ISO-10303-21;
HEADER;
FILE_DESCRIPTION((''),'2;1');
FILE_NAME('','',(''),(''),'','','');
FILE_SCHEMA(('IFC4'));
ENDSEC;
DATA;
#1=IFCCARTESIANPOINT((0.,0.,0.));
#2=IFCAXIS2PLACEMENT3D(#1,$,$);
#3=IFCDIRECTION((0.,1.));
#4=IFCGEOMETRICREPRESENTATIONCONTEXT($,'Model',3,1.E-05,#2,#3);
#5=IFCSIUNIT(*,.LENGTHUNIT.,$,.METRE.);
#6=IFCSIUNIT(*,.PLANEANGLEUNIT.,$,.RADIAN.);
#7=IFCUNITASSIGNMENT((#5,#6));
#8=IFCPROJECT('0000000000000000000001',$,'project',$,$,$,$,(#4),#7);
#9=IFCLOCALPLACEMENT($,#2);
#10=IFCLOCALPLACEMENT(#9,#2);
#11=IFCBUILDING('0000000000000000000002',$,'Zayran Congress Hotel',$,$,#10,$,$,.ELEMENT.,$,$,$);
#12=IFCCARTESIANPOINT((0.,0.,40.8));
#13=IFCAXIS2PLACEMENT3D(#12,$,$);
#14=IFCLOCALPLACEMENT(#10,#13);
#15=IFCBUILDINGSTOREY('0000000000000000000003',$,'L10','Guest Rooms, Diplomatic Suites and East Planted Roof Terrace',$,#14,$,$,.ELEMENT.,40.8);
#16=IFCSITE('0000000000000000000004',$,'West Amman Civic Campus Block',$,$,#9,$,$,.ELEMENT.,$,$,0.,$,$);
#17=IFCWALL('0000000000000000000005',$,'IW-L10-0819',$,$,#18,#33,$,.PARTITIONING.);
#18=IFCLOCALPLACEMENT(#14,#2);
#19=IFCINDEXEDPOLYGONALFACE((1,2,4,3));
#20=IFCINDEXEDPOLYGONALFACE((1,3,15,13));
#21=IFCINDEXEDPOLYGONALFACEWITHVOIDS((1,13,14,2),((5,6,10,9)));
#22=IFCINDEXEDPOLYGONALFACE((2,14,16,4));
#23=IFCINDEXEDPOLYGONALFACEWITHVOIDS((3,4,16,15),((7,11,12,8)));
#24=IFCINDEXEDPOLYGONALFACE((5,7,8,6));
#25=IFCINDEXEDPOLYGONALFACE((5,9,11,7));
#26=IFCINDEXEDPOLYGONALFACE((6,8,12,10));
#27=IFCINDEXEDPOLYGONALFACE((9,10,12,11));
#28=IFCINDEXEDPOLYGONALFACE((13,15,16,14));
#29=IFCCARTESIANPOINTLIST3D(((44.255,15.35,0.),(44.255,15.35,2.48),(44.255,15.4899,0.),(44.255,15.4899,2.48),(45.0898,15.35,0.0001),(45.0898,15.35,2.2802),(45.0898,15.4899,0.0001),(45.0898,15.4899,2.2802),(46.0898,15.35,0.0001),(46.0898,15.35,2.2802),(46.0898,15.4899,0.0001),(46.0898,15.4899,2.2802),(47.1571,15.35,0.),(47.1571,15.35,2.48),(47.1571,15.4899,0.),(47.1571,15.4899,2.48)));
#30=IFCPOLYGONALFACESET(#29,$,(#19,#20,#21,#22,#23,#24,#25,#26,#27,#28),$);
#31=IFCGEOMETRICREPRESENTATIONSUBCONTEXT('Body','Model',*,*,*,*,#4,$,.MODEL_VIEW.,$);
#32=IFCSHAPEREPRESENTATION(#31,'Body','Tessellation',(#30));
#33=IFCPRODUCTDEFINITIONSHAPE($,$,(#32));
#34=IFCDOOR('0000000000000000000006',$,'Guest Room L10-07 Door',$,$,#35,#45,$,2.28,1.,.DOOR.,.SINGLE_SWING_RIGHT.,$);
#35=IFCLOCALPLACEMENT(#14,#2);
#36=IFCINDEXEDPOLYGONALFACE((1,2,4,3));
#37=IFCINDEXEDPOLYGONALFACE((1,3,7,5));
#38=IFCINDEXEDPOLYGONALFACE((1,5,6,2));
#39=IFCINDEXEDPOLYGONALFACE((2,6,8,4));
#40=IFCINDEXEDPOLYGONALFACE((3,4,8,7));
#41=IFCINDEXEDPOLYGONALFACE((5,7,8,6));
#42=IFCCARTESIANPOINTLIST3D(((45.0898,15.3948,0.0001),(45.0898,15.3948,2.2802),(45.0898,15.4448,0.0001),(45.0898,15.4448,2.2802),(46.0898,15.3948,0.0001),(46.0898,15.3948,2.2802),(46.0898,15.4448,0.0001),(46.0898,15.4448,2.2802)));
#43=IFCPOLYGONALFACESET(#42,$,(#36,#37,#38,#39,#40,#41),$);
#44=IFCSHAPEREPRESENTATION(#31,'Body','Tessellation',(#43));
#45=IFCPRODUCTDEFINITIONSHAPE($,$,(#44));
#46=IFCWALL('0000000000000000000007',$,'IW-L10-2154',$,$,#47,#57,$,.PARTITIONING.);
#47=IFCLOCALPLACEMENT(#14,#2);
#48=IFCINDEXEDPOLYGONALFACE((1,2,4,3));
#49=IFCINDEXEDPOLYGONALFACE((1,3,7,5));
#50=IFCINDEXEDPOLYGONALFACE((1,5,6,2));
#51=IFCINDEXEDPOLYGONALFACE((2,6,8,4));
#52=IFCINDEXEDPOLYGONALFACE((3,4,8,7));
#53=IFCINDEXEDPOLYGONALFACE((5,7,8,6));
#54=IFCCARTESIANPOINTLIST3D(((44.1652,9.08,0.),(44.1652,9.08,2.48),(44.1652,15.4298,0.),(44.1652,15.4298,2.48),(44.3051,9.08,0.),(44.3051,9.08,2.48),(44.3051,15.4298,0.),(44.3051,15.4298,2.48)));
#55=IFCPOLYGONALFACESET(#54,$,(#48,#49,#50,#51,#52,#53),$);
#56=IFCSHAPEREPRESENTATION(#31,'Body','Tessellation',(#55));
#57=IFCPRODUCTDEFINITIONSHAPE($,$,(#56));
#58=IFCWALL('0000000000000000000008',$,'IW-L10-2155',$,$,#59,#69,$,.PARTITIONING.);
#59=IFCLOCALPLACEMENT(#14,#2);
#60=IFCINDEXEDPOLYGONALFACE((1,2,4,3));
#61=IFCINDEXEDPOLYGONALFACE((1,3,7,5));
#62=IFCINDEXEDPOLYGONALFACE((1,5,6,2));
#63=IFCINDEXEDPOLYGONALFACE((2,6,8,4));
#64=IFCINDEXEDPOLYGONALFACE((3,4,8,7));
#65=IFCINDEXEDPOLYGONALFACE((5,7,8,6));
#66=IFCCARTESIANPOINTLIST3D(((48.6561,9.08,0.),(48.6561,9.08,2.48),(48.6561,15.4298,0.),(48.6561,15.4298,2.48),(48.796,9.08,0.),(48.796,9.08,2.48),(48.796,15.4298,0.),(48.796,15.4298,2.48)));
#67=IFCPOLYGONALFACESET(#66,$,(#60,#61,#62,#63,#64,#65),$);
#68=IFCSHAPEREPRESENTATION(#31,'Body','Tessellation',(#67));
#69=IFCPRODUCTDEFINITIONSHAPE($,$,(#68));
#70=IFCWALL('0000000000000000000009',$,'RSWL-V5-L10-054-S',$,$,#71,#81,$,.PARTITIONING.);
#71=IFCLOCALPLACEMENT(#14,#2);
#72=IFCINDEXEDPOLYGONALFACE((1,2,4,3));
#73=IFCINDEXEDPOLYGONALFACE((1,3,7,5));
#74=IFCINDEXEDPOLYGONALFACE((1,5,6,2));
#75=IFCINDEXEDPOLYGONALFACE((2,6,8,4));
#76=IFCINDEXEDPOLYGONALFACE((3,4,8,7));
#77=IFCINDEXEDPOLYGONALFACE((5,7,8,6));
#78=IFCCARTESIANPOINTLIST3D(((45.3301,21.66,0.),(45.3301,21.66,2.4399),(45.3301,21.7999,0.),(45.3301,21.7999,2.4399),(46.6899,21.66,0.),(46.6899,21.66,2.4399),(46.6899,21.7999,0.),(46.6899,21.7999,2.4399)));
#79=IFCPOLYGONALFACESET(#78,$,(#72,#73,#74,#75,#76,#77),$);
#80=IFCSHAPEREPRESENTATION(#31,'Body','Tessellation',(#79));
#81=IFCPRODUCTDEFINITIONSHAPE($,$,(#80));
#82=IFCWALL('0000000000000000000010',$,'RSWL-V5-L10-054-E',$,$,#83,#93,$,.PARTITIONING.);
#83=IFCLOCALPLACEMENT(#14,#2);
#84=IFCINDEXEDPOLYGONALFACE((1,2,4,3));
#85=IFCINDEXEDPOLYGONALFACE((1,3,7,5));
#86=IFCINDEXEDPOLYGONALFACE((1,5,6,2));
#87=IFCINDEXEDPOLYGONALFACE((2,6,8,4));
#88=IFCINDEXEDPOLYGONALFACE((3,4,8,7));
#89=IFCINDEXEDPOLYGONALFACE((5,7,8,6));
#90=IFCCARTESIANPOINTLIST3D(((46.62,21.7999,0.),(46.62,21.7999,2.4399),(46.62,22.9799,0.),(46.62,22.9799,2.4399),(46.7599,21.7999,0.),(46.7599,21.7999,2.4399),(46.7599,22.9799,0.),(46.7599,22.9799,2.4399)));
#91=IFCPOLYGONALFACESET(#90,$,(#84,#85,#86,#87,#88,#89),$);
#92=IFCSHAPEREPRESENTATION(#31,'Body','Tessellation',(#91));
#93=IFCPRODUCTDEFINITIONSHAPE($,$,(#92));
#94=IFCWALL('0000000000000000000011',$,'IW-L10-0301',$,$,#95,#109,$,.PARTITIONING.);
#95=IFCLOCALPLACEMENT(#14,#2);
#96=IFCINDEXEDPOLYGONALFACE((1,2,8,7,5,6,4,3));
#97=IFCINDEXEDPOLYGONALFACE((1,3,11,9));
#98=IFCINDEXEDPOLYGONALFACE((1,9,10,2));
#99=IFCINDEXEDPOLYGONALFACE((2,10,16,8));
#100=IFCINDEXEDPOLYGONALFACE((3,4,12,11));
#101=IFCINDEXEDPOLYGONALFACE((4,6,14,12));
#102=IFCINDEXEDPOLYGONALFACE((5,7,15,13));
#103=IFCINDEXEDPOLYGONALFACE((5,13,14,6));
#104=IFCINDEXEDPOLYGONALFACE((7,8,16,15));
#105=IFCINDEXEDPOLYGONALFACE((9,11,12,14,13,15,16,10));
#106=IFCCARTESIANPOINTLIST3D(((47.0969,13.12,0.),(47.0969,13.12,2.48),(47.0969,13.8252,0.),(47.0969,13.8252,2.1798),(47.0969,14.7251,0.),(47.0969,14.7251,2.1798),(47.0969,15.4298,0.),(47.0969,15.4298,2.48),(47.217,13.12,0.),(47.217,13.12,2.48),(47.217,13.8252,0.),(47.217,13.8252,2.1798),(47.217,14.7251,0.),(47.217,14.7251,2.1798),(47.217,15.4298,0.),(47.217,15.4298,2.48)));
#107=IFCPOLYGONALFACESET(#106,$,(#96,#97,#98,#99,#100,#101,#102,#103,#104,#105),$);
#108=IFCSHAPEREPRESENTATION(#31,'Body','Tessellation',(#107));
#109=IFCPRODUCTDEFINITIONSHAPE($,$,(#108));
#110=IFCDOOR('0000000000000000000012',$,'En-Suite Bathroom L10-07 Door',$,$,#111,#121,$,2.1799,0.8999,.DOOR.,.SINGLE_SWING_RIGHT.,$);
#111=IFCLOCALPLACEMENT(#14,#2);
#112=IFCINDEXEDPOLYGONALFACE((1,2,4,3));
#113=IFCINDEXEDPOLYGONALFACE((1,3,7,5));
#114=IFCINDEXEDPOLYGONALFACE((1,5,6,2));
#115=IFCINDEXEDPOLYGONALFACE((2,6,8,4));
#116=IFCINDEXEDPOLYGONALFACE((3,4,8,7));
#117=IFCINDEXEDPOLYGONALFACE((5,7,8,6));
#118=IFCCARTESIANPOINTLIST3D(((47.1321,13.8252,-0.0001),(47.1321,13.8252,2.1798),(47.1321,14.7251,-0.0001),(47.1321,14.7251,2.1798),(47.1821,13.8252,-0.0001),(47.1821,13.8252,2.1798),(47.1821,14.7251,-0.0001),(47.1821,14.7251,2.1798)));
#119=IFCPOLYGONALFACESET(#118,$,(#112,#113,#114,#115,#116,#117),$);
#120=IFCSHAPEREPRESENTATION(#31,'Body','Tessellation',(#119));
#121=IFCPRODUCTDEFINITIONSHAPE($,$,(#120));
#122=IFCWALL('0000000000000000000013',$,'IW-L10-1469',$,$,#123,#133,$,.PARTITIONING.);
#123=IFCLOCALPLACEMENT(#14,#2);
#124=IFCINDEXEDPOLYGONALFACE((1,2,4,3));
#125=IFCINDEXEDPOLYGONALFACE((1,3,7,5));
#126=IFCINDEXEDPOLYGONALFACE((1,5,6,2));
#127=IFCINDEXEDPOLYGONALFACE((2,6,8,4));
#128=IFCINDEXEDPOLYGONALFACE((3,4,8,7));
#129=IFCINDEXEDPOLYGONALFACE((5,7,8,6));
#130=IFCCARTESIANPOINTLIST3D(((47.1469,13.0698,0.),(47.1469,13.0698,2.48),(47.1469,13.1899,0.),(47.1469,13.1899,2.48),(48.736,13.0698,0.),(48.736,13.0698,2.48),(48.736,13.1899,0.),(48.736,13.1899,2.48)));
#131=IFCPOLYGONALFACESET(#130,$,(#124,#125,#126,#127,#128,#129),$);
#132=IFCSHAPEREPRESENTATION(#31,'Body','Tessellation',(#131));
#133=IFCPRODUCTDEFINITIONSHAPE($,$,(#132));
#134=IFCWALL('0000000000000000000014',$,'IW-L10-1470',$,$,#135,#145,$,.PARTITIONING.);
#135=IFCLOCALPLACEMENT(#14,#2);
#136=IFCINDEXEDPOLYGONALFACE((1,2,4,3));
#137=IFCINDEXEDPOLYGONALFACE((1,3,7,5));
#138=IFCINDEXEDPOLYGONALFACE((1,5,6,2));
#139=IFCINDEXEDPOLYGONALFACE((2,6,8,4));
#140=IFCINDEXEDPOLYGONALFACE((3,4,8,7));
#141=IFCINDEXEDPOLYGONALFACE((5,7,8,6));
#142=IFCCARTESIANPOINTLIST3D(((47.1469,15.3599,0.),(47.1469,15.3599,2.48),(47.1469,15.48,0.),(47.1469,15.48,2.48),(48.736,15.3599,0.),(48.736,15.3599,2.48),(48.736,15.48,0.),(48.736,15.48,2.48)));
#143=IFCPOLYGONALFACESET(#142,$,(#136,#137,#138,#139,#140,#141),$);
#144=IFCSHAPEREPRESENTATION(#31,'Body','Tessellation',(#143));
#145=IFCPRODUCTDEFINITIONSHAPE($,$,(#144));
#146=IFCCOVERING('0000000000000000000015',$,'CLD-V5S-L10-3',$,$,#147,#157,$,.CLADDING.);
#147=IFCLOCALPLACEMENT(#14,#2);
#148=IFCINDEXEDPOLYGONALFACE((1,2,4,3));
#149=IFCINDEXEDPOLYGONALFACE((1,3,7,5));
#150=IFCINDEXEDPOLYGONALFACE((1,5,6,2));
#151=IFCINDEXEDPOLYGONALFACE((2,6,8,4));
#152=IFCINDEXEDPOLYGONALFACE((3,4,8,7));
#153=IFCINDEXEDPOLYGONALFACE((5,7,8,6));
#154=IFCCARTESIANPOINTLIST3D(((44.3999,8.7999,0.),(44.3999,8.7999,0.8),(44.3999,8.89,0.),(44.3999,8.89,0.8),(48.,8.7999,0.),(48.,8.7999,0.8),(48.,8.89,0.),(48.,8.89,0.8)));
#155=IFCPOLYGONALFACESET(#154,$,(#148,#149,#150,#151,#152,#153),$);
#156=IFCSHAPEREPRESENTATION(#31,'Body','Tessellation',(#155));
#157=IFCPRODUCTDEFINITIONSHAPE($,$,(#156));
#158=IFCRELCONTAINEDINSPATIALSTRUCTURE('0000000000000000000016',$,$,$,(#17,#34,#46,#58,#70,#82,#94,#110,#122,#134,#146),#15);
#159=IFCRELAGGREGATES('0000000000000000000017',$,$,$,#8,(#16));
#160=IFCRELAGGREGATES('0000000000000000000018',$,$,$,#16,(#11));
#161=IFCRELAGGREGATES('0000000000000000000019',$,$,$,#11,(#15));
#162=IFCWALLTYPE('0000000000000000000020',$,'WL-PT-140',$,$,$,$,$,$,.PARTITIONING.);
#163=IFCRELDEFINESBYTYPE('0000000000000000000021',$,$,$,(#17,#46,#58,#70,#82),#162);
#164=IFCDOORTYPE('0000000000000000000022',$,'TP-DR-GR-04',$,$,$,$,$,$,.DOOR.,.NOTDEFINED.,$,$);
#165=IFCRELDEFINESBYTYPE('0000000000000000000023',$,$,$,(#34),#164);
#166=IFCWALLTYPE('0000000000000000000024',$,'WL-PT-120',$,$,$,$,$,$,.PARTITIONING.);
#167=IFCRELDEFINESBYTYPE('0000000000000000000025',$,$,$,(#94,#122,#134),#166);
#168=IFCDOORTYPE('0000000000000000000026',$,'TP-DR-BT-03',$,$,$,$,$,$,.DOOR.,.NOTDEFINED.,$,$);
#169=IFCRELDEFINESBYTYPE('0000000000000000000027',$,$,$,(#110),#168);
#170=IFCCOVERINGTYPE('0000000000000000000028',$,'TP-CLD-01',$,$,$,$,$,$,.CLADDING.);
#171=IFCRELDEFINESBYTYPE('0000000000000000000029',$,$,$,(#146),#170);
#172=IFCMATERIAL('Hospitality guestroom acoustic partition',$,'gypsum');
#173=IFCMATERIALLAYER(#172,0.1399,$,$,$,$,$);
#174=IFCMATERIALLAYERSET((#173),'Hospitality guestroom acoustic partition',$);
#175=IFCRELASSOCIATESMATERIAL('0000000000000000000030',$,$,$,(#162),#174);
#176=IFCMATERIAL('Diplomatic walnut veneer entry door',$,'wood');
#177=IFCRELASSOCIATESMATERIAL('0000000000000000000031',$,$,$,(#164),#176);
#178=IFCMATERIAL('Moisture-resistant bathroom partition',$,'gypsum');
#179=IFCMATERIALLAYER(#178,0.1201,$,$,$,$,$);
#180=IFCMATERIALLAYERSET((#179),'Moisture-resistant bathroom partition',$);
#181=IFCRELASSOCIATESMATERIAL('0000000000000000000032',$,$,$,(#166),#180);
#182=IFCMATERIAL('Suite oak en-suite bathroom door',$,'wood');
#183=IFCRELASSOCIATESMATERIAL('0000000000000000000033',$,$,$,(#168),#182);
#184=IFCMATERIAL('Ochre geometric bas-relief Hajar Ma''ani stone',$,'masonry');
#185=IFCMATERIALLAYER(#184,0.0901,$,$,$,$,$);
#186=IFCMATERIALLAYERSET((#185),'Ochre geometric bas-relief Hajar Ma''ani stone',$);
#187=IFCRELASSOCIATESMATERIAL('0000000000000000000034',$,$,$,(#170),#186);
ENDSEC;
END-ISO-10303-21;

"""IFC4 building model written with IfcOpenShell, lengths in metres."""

from ifc_helpers import new_model, si_unit, direction, frame, frame_2d, origin, origin_2d, place, context, subcontext, project, spatial, rectangle, extrude, material, layer, layer_set, type_object, element, fill, save


model = new_model("IFC4")

# Units and contexts
model_context = context("Model", 3, precision=1e-05, world=origin(), true_north=direction((0.0, 1.0)))
body_context = subcontext(model_context, "Body", "Model", "MODEL_VIEW")
ifc_project = project(units=[si_unit("LENGTHUNIT", "METRE"), si_unit("PLANEANGLEUNIT", "RADIAN")], contexts=[model_context])

# Site, building, storey
site_placement = place(None, origin())
site = spatial("IfcSite", under=ifc_project, at=site_placement, Name="West Amman Civic Campus Block", CompositionType="ELEMENT", RefElevation=0.0)
building_placement = place(site_placement, origin())
building = spatial("IfcBuilding", under=site, at=building_placement, Name="Zayran Congress Hotel", CompositionType="ELEMENT")
storey_placement = place(building_placement, frame((0.0, 0.0, 40.8)))
storey = spatial("IfcBuildingStorey", under=building, at=storey_placement, Name="L10", Description="Guest Rooms, Diplomatic Suites and East Planted Roof Terrace", CompositionType="ELEMENT", Elevation=40.8)

# Wall, opening, door
ifc_material_1 = material(Name="Hospitality guestroom acoustic partition", Category="gypsum")
ifc_layer_1 = layer(ifc_material_1, 0.1399)
ifc_layer_set_1 = layer_set([ifc_layer_1], Name="Hospitality guestroom acoustic partition")
wall_type_1 = type_object("IfcWallType", Name="WL-PT-140", PredefinedType="PARTITIONING", material=ifc_layer_set_1)
ifc_material_2 = material(Name="Diplomatic walnut veneer entry door", Category="wood")
door_type_1 = type_object("IfcDoorType", Name="TP-DR-GR-04", OperationType="NOTDEFINED", PredefinedType="DOOR", material=ifc_material_2)
wall_1_placement = place(storey_placement, frame((44.2549, 15.4199, 0.0), z_axis=(0.0, 0.0, 1.0), x_axis=(1.0, 0.0, 0.0)))
wall_1 = element("IfcWall", 1, at=wall_1_placement, inside=storey, type_object=wall_type_1, Name="IW-L10-0819", PredefinedType="PARTITIONING", context=body_context, shape_type="SweptSolid", body=[
    extrude(rectangle(XDim=2.9021, YDim=0.1399, at=frame_2d((1.4512, 0.0))), origin(), (0.0, 0.0, 1.0), 2.48),
])
opening_1_placement = place(wall_1_placement, frame((0.835, 0.0, 0.0)))
opening_1 = element("IfcOpeningElement", 2, at=opening_1_placement, cuts=wall_1, PredefinedType="OPENING", context=body_context, shape_type="SweptSolid", body=[
    extrude(rectangle(XDim=1.0, YDim=2.28, at=frame_2d((0.5, 1.1401))), frame((0.0, 0.0798, 0.0), z_axis=(0.0, -1.0, 0.0), x_axis=(1.0, 0.0, 0.0)), (0.0, 0.0, 1.0), 0.1599),
])
door_1_placement = place(opening_1_placement, origin())
door_1 = element("IfcDoor", 3, at=door_1_placement, inside=storey, type_object=door_type_1, Name="Guest Room L10-07 Door", OperationType="SINGLE_SWING_RIGHT", OverallHeight=2.28, OverallWidth=1.0, PredefinedType="DOOR", context=body_context, shape_type="SweptSolid", body=[
    extrude(rectangle(XDim=1.0, YDim=2.28, at=frame_2d((0.5, 1.1401))), frame((0.0, 0.0249, 0.0), z_axis=(0.0, -1.0, 0.0), x_axis=(1.0, 0.0, 0.0)), (0.0, 0.0, 1.0), 0.05),
])
fill(opening_1, door_1)

# Walls
for number, where, z_axis, x_axis, name in (
    (4, (44.2351, 9.0801, 0.0), (0.0, 0.0, 1.0), (0.0, 1.0, 0.0), "IW-L10-2154"),
    (5, (48.7261, 9.0801, 0.0), (0.0, 0.0, 1.0), (0.0, 1.0, 0.0), "IW-L10-2155"),
):
    element("IfcWall", number, at=place(storey_placement, frame(where, z_axis=z_axis, x_axis=x_axis)), inside=storey, type_object=wall_type_1, Name=name, PredefinedType="PARTITIONING", context=body_context, shape_type="SweptSolid", body=[
        extrude(rectangle(XDim=6.3499, YDim=0.1399, at=frame_2d((3.1748, 0.0))), origin(), (0.0, 0.0, 1.0), 2.48),
    ])
wall_2_placement = place(storey_placement, frame((45.3301, 21.73, 0.0), z_axis=(0.0, 0.0, 1.0), x_axis=(1.0, 0.0, 0.0)))
element("IfcWall", 6, at=wall_2_placement, inside=storey, type_object=wall_type_1, Name="RSWL-V5-L10-054-S", PredefinedType="PARTITIONING", context=body_context, shape_type="SweptSolid", body=[
    extrude(rectangle(XDim=1.3599, YDim=0.1399, at=frame_2d((0.6799, 0.0))), origin(), (0.0, 0.0, 1.0), 2.4399),
])
wall_3_placement = place(storey_placement, frame((46.6899, 21.8, 0.0), z_axis=(0.0, 0.0, 1.0), x_axis=(0.0, 1.0, 0.0)))
element("IfcWall", 7, at=wall_3_placement, inside=storey, type_object=wall_type_1, Name="RSWL-V5-L10-054-E", PredefinedType="PARTITIONING", context=body_context, shape_type="SweptSolid", body=[
    extrude(rectangle(XDim=1.1799, YDim=0.1399, at=frame_2d((0.5898, 0.0))), origin(), (0.0, 0.0, 1.0), 2.4399),
])

# Wall, opening, door
ifc_material_3 = material(Name="Moisture-resistant bathroom partition", Category="gypsum")
ifc_layer_2 = layer(ifc_material_3, 0.1201)
ifc_layer_set_2 = layer_set([ifc_layer_2], Name="Moisture-resistant bathroom partition")
wall_type_2 = type_object("IfcWallType", Name="WL-PT-120", PredefinedType="PARTITIONING", material=ifc_layer_set_2)
wall_4_placement = place(storey_placement, frame((47.157, 13.1201, 0.0), z_axis=(0.0, 0.0, 1.0), x_axis=(0.0, 1.0, 0.0)))
wall_4 = element("IfcWall", 8, at=wall_4_placement, inside=storey, type_object=wall_type_2, Name="IW-L10-0301", PredefinedType="PARTITIONING", context=body_context, shape_type="SweptSolid", body=[
    extrude(rectangle(XDim=2.3098, YDim=0.1201, at=frame_2d((1.1548, 0.0))), origin(), (0.0, 0.0, 1.0), 2.48),
])
opening_2_placement = place(wall_4_placement, frame((0.7051, 0.0, 0.0)))
opening_2 = element("IfcOpeningElement", 9, at=opening_2_placement, cuts=wall_4, PredefinedType="OPENING", context=body_context, shape_type="SweptSolid", body=[
    extrude(rectangle(XDim=0.8999, YDim=2.1799, at=frame_2d((0.45, 1.0898))), frame((0.0, 0.0701, 0.0), z_axis=(0.0, -1.0, 0.0), x_axis=(1.0, 0.0, 0.0)), (0.0, 0.0, 1.0), 0.1401),
])
ifc_material_4 = material(Name="Suite oak en-suite bathroom door", Category="wood")
door_type_2 = type_object("IfcDoorType", Name="TP-DR-BT-03", OperationType="NOTDEFINED", PredefinedType="DOOR", material=ifc_material_4)
door_2_placement = place(opening_2_placement, origin())
door_2 = element("IfcDoor", 10, at=door_2_placement, inside=storey, type_object=door_type_2, Name="En-Suite Bathroom L10-07 Door", OperationType="SINGLE_SWING_RIGHT", OverallHeight=2.1799, OverallWidth=0.8999, PredefinedType="DOOR", context=body_context, shape_type="SweptSolid", body=[
    extrude(rectangle(XDim=0.8999, YDim=2.1799, at=frame_2d((0.45, 1.0898))), frame((0.0, 0.0249, 0.0), z_axis=(0.0, -1.0, 0.0), x_axis=(1.0, 0.0, 0.0)), (0.0, 0.0, 1.0), 0.05),
])
fill(opening_2, door_2)

# Walls
for number, where, z_axis, x_axis, name in (
    (11, (47.147, 13.1299, 0.0), (0.0, 0.0, 1.0), (1.0, 0.0, 0.0), "IW-L10-1469"),
    (12, (47.147, 15.4199, 0.0), (0.0, 0.0, 1.0), (1.0, 0.0, 0.0), "IW-L10-1470"),
):
    element("IfcWall", number, at=place(storey_placement, frame(where, z_axis=z_axis, x_axis=x_axis)), inside=storey, type_object=wall_type_2, Name=name, PredefinedType="PARTITIONING", context=body_context, shape_type="SweptSolid", body=[
        extrude(rectangle(XDim=1.5891, YDim=0.1201, at=frame_2d((0.7944, 0.0))), origin(), (0.0, 0.0, 1.0), 2.48),
    ])

# Covering
ifc_material_5 = material(Name="Ochre geometric bas-relief Hajar Ma'ani stone", Category="masonry")
ifc_layer_3 = layer(ifc_material_5, 0.0901)
ifc_layer_set_3 = layer_set([ifc_layer_3], Name="Ochre geometric bas-relief Hajar Ma'ani stone")
covering_type = type_object("IfcCoveringType", Name="TP-CLD-01", PredefinedType="CLADDING", material=ifc_layer_set_3)
covering_placement = place(storey_placement, frame((46.2, 8.845, 0.0), z_axis=(0.0, 0.0, 1.0), x_axis=(1.0, 0.0, 0.0)))
element("IfcCovering", 13, at=covering_placement, inside=storey, type_object=covering_type, Name="CLD-V5S-L10-3", PredefinedType="CLADDING", context=body_context, shape_type="SweptSolid", body=[
    extrude(rectangle(XDim=3.6001, YDim=0.0901, at=origin_2d()), origin(), (0.0, 0.0, 1.0), 0.8),
])

save(model, "model.ifc")
